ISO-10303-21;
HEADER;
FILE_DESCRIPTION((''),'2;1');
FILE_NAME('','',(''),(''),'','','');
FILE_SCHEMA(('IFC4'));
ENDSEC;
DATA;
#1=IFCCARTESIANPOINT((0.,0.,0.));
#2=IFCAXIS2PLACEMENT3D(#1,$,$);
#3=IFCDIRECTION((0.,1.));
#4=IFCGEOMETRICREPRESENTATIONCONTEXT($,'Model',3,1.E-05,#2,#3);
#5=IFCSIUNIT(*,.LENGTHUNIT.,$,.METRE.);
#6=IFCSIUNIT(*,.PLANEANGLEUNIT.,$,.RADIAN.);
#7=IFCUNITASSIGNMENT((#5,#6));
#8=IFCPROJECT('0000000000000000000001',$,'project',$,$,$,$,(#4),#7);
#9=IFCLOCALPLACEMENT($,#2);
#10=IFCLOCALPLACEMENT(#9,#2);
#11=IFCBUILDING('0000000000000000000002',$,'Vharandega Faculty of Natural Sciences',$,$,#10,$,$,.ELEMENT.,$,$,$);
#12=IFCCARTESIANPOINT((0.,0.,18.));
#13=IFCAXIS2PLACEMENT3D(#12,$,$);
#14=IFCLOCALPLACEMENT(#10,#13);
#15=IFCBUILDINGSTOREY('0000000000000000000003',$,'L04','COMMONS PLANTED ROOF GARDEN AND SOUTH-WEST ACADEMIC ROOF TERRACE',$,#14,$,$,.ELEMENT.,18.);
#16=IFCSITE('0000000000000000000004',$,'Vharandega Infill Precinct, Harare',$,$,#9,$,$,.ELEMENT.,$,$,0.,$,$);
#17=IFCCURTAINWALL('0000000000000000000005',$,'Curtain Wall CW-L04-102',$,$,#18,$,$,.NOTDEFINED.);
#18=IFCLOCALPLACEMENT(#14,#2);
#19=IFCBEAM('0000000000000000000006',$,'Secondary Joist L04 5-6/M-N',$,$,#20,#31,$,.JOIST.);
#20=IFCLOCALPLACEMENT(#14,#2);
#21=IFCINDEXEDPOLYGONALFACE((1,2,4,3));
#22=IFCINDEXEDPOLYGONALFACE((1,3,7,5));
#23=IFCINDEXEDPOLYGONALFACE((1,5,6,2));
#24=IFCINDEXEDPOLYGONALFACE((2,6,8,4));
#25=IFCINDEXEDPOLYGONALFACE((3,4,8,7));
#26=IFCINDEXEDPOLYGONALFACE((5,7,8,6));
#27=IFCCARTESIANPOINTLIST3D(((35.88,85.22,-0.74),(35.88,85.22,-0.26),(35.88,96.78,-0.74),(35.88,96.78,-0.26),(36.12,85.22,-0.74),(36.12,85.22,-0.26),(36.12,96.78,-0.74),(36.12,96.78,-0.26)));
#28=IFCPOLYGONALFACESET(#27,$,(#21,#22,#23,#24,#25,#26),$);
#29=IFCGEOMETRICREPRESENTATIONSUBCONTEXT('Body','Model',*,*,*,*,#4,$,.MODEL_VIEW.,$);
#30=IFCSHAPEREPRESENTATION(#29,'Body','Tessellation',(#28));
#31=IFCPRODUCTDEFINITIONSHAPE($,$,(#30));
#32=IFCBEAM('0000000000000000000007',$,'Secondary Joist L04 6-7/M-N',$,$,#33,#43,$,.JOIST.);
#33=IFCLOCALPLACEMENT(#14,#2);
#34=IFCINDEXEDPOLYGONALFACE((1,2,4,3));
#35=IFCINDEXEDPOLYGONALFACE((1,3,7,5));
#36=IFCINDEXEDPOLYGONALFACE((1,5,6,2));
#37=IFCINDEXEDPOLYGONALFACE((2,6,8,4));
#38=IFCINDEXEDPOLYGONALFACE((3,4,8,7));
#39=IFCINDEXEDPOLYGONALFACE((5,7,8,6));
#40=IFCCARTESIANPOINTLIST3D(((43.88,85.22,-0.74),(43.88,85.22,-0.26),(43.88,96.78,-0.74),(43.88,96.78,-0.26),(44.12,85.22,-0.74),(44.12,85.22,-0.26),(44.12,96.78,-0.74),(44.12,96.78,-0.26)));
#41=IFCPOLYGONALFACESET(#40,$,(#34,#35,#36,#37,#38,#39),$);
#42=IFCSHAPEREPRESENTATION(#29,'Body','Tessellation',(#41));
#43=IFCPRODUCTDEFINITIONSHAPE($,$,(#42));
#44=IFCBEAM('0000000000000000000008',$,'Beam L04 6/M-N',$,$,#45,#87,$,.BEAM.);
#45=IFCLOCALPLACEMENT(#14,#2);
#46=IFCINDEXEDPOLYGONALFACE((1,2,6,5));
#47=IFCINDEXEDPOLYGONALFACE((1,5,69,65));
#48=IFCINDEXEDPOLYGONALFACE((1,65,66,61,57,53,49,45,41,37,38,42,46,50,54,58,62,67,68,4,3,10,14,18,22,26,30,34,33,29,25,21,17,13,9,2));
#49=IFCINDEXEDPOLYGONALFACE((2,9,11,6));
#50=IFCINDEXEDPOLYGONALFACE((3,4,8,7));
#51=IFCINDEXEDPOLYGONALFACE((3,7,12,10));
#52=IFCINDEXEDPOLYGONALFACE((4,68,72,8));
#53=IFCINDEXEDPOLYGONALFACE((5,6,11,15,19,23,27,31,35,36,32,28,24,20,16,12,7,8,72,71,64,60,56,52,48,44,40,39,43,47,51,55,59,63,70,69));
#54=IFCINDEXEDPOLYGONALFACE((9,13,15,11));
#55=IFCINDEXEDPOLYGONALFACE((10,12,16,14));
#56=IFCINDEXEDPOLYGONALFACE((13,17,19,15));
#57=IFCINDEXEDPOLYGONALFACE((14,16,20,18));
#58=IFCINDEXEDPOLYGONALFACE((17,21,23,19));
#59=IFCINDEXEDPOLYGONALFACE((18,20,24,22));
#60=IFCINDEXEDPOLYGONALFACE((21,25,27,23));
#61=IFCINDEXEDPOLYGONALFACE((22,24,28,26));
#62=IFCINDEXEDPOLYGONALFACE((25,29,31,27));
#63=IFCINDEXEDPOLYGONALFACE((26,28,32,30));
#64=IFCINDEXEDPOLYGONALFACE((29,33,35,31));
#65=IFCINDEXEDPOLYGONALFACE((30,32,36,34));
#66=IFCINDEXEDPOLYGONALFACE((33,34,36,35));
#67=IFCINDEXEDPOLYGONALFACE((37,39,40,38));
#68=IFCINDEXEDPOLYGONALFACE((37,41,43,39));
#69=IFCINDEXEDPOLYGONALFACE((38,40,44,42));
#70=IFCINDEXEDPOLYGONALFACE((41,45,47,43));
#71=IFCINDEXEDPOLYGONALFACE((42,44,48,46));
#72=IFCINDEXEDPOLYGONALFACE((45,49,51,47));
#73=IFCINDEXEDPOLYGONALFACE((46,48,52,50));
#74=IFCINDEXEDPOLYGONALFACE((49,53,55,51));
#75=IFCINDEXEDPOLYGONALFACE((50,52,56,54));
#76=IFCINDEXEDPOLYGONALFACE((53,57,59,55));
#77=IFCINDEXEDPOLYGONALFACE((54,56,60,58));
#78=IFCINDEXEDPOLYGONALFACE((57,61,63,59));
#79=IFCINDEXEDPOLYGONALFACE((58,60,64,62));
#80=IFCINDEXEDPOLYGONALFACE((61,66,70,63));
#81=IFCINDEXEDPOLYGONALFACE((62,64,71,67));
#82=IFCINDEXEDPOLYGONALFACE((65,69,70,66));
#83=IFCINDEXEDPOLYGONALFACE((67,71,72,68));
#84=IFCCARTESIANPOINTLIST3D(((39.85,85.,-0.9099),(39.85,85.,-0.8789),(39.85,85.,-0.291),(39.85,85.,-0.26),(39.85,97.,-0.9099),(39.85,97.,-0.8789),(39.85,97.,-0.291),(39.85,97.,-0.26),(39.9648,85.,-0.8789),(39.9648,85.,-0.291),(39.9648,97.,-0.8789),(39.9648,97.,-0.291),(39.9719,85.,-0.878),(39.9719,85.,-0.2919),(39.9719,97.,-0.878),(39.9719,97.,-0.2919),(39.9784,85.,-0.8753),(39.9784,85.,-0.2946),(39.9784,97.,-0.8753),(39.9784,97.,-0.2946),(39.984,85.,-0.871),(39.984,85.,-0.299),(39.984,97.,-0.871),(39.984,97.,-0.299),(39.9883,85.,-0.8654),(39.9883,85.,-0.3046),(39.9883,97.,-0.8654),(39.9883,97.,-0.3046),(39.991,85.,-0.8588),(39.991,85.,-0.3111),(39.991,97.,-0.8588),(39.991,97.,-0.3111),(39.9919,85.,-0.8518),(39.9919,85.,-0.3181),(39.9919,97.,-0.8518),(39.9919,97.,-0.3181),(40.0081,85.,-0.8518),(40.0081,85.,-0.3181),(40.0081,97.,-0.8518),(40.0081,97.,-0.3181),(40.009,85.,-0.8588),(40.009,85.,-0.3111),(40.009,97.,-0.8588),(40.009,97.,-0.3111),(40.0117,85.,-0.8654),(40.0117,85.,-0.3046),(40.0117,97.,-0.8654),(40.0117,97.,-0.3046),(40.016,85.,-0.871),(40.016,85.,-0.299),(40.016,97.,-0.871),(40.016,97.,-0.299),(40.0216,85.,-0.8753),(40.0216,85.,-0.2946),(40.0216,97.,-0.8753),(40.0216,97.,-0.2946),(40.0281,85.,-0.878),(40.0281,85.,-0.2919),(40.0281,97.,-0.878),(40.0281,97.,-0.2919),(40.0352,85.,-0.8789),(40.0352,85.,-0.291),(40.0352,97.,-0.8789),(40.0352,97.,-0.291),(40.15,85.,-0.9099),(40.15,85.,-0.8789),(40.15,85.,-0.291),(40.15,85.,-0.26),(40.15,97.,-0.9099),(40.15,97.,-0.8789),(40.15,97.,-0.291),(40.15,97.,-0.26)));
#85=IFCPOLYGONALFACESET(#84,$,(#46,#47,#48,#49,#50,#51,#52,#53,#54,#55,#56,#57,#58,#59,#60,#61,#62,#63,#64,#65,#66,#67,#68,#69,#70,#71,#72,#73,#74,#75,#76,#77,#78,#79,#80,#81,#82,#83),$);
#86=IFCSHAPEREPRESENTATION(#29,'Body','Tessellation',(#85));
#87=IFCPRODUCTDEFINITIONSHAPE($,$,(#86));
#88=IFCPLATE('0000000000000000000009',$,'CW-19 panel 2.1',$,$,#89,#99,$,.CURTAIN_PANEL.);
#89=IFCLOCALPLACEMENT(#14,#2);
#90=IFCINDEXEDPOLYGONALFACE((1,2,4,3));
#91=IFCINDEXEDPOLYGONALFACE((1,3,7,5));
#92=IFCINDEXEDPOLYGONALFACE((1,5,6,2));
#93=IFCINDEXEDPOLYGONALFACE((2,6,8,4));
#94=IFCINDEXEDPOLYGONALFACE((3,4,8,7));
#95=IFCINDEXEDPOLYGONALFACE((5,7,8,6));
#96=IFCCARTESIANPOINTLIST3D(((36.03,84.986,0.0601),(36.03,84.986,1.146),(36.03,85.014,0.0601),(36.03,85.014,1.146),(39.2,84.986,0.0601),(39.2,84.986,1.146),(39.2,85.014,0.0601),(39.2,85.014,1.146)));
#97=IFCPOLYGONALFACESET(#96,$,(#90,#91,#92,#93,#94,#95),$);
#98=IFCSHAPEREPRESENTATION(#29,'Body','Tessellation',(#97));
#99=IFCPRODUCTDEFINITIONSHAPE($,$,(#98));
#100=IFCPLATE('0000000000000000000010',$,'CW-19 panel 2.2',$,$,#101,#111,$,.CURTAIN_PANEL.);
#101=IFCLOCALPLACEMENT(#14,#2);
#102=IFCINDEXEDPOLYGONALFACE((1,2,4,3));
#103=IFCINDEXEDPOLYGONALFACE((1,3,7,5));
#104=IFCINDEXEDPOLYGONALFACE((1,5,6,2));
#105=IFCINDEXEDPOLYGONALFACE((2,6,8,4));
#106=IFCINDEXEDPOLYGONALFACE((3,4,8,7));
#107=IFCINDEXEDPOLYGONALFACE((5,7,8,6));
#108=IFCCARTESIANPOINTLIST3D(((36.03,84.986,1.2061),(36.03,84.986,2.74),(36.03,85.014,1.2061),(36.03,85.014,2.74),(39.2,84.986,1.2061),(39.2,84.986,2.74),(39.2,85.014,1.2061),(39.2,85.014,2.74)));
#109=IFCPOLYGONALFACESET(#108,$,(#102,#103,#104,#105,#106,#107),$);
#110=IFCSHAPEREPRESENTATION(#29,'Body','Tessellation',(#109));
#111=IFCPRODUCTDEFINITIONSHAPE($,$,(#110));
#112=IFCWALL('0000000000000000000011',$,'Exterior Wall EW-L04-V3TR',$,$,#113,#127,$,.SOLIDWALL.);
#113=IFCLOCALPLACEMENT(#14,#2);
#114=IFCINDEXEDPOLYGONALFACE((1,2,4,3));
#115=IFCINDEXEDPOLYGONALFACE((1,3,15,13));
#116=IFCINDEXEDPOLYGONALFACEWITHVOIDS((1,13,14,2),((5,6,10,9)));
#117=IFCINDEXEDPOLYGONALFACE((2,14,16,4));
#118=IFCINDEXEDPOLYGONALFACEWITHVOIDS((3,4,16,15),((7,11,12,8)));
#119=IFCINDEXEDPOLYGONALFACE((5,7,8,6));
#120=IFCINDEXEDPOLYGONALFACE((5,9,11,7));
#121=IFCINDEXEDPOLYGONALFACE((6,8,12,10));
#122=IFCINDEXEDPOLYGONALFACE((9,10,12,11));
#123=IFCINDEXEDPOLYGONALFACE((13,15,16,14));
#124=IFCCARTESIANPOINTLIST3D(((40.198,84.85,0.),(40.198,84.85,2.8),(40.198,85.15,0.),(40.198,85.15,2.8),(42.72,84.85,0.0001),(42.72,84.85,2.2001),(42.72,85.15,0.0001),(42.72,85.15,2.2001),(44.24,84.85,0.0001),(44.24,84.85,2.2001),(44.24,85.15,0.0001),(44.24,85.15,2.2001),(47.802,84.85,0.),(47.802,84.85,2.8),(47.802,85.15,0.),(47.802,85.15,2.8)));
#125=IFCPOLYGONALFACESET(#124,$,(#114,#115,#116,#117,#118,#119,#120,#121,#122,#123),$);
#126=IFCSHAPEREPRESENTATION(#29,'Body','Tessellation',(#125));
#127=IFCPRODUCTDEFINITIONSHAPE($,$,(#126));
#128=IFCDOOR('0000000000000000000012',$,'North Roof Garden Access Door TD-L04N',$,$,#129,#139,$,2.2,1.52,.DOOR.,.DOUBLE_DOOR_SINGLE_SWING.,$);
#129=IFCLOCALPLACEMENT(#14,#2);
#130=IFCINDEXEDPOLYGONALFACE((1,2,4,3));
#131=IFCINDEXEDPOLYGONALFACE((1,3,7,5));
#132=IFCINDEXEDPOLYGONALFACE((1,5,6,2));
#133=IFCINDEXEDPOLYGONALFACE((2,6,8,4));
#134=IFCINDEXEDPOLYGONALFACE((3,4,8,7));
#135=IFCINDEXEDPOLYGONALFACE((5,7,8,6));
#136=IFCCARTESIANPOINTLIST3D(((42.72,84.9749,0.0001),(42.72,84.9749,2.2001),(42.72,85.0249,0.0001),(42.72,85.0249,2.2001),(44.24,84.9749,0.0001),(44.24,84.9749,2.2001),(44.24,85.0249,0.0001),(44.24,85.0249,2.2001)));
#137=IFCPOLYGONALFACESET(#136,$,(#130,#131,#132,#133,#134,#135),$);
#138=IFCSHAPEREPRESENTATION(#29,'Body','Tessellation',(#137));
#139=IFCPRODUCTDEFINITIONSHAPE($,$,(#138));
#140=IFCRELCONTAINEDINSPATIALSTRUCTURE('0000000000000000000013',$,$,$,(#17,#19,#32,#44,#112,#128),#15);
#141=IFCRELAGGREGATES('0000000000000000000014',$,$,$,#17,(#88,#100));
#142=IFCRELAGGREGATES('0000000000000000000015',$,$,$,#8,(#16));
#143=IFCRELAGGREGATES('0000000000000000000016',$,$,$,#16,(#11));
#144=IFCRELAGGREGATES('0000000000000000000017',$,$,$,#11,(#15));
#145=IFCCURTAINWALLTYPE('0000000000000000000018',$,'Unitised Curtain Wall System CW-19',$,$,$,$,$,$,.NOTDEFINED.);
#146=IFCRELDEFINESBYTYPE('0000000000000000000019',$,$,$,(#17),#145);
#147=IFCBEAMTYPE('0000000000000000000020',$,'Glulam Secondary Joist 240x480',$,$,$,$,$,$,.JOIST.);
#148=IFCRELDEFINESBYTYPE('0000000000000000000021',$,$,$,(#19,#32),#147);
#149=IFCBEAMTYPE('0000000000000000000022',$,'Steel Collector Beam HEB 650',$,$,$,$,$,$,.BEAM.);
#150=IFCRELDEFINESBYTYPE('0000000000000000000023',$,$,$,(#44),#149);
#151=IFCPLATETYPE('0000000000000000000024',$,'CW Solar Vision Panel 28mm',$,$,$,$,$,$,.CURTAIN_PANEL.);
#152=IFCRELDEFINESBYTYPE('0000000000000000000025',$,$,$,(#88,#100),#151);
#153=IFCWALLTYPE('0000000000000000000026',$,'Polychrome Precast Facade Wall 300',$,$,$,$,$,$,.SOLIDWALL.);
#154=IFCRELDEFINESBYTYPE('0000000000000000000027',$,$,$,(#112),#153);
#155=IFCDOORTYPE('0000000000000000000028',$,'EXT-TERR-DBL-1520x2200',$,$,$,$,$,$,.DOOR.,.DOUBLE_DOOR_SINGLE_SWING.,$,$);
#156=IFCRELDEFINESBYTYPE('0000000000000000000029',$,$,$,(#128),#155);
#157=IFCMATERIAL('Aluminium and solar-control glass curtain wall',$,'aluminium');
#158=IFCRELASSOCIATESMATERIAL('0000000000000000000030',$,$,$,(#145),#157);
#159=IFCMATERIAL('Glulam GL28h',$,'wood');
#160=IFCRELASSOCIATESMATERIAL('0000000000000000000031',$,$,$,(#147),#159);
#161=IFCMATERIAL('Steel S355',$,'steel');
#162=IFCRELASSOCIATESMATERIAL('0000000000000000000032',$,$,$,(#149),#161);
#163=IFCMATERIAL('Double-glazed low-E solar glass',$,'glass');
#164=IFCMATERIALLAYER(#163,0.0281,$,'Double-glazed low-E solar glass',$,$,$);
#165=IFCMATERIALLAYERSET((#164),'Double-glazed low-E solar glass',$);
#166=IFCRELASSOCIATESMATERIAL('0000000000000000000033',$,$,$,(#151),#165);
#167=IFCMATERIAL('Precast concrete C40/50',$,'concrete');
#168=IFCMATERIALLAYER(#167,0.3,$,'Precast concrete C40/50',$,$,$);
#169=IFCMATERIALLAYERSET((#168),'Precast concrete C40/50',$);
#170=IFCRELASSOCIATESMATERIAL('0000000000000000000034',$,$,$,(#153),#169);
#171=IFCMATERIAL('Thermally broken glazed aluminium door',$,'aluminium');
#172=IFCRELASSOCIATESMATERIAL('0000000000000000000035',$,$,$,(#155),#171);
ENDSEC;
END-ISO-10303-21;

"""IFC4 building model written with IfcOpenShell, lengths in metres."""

from ifc_helpers import new_model, si_unit, direction, frame, frame_2d, origin, origin_2d, place, context, subcontext, project, spatial, rectangle, i_section, extrude, material, layer, layer_set, material_profile, profile_set, type_object, element, fill, aggregate, save


model = new_model("IFC4")

# Units and contexts
model_context = context("Model", 3, precision=1e-05, world=origin(), true_north=direction((0.0, 1.0)))
body_context = subcontext(model_context, "Body", "Model", "MODEL_VIEW")
ifc_project = project(units=[si_unit("LENGTHUNIT", "METRE"), si_unit("PLANEANGLEUNIT", "RADIAN")], contexts=[model_context])

# Site, building, storey
site_placement = place(None, origin())
site = spatial("IfcSite", under=ifc_project, at=site_placement, Name="Vharandega Infill Precinct, Harare", CompositionType="ELEMENT", RefElevation=0.0)
building_placement = place(site_placement, origin())
building = spatial("IfcBuilding", under=site, at=building_placement, Name="Vharandega Faculty of Natural Sciences", CompositionType="ELEMENT")
storey_placement = place(building_placement, frame((0.0, 0.0, 18.0)))
storey = spatial("IfcBuildingStorey", under=building, at=storey_placement, Name="L04", Description="COMMONS PLANTED ROOF GARDEN AND SOUTH-WEST ACADEMIC ROOF TERRACE", CompositionType="ELEMENT", Elevation=18.0)

# Curtain wall
ifc_material_1 = material(Name="Aluminium and solar-control glass curtain wall", Category="aluminium")
curtain_wall_type = type_object("IfcCurtainWallType", Name="Unitised Curtain Wall System CW-19", PredefinedType="NOTDEFINED", material=ifc_material_1)
curtain_wall_placement = place(storey_placement, origin())
curtain_wall = element("IfcCurtainWall", 1, at=curtain_wall_placement, inside=storey, type_object=curtain_wall_type, Name="Curtain Wall CW-L04-102", PredefinedType="NOTDEFINED")

# Beams
ifc_material_2 = material(Name="Glulam GL28h", Category="wood")
ifc_material_profile_1 = material_profile(ifc_material_2, rectangle(XDim=0.24, YDim=0.48, at=origin_2d()), Name="GL28h 240x480")
ifc_profile_set_1 = profile_set([ifc_material_profile_1], Name="Glulam GL28h")
beam_type_1 = type_object("IfcBeamType", Name="Glulam Secondary Joist 240x480", PredefinedType="JOIST", material=ifc_profile_set_1)
for number, where, z_axis, x_axis, name in (
    (2, (36.0, 85.22, -0.5), (0.0, 1.0, 0.0), (-1.0, 0.0, 0.0), "Secondary Joist L04 5-6/M-N"),
    (3, (44.0, 85.22, -0.5), (0.0, 1.0, 0.0), (-1.0, 0.0, 0.0), "Secondary Joist L04 6-7/M-N"),
):
    element("IfcBeam", number, at=place(storey_placement, frame(where, z_axis=z_axis, x_axis=x_axis)), inside=storey, type_object=beam_type_1, Name=name, PredefinedType="JOIST", context=body_context, shape_type="SweptSolid", body=[
        extrude(rectangle(XDim=0.24, YDim=0.48, at=origin_2d()), origin(), (0.0, 0.0, 1.0), 11.5601),
    ])
ifc_material_3 = material(Name="Steel S355", Category="steel")
ifc_material_profile_2 = material_profile(ifc_material_3, i_section(OverallWidth=0.3, OverallDepth=0.6499, WebThickness=0.0161, FlangeThickness=0.031, FilletRadius=0.0271, at=origin_2d()), Name="HEB 650")
ifc_profile_set_2 = profile_set([ifc_material_profile_2], Name="Steel S355")
beam_type_2 = type_object("IfcBeamType", Name="Steel Collector Beam HEB 650", PredefinedType="BEAM", material=ifc_profile_set_2)
beam_placement = place(storey_placement, frame((40.0, 85.0, -0.585), z_axis=(0.0, 1.0, 0.0), x_axis=(-1.0, 0.0, 0.0)))
element("IfcBeam", 4, at=beam_placement, inside=storey, type_object=beam_type_2, Name="Beam L04 6/M-N", PredefinedType="BEAM", context=body_context, shape_type="SweptSolid", body=[
    extrude(i_section(OverallWidth=0.3, OverallDepth=0.6499, WebThickness=0.0161, FlangeThickness=0.031, FilletRadius=0.0271, at=origin_2d()), origin(), (0.0, 0.0, 1.0), 12.0),
])

# Plates
ifc_material_4 = material(Name="Double-glazed low-E solar glass", Category="glass")
ifc_layer_1 = layer(ifc_material_4, 0.0281, Name="Double-glazed low-E solar glass")
ifc_layer_set_1 = layer_set([ifc_layer_1], Name="Double-glazed low-E solar glass")
plate_type = type_object("IfcPlateType", Name="CW Solar Vision Panel 28mm", PredefinedType="CURTAIN_PANEL", material=ifc_layer_set_1)
plate_1_placement = place(storey_placement, frame((37.615, 85.0, 0.0601), z_axis=(0.0, 0.0, 1.0), x_axis=(1.0, 0.0, 0.0)))
plate_1 = element("IfcPlate", 5, at=plate_1_placement, type_object=plate_type, Name="CW-19 panel 2.1", PredefinedType="CURTAIN_PANEL", context=body_context, shape_type="SweptSolid", body=[
    extrude(rectangle(XDim=3.1699, YDim=0.0281, at=origin_2d()), origin(), (0.0, 0.0, 1.0), 1.0859),
])
plate_2_placement = place(storey_placement, frame((37.615, 85.0, 1.2061), z_axis=(0.0, 0.0, 1.0), x_axis=(1.0, 0.0, 0.0)))
plate_2 = element("IfcPlate", 6, at=plate_2_placement, type_object=plate_type, Name="CW-19 panel 2.2", PredefinedType="CURTAIN_PANEL", context=body_context, shape_type="SweptSolid", body=[
    extrude(rectangle(XDim=3.1699, YDim=0.0281, at=origin_2d()), origin(), (0.0, 0.0, 1.0), 1.5339),
])
aggregate(curtain_wall, [plate_1, plate_2])

# Wall, opening, door
ifc_material_5 = material(Name="Precast concrete C40/50", Category="concrete")
ifc_layer_2 = layer(ifc_material_5, 0.3, Name="Precast concrete C40/50")
ifc_layer_set_2 = layer_set([ifc_layer_2], Name="Precast concrete C40/50")
wall_type = type_object("IfcWallType", Name="Polychrome Precast Facade Wall 300", PredefinedType="SOLIDWALL", material=ifc_layer_set_2)
wall_placement = place(storey_placement, frame((40.198, 85.0, 0.0), z_axis=(0.0, 0.0, 1.0), x_axis=(1.0, 0.0, 0.0)))
wall = element("IfcWall", 7, at=wall_placement, inside=storey, type_object=wall_type, Name="Exterior Wall EW-L04-V3TR", PredefinedType="SOLIDWALL", context=body_context, shape_type="SweptSolid", body=[
    extrude(rectangle(XDim=7.604, YDim=0.3, at=frame_2d((3.802, 0.0))), origin(), (0.0, 0.0, 1.0), 2.8),
])
opening_placement = place(wall_placement, frame((2.522, 0.0, 0.0)))
opening = element("IfcOpeningElement", 8, at=opening_placement, cuts=wall, PredefinedType="OPENING", context=body_context, shape_type="SweptSolid", body=[
    extrude(rectangle(XDim=1.52, YDim=2.2, at=frame_2d((0.76, 1.1001))), frame((0.0, 0.1602, 0.0), z_axis=(0.0, -1.0, 0.0), x_axis=(1.0, 0.0, 0.0)), (0.0, 0.0, 1.0), 0.3201),
])
ifc_material_6 = material(Name="Thermally broken glazed aluminium door", Category="aluminium")
door_type = type_object("IfcDoorType", Name="EXT-TERR-DBL-1520x2200", OperationType="DOUBLE_DOOR_SINGLE_SWING", PredefinedType="DOOR", material=ifc_material_6)
door_placement = place(opening_placement, origin())
door = element("IfcDoor", 9, at=door_placement, inside=storey, type_object=door_type, Name="North Roof Garden Access Door TD-L04N", OperationType="DOUBLE_DOOR_SINGLE_SWING", OverallHeight=2.2, OverallWidth=1.52, PredefinedType="DOOR", context=body_context, shape_type="SweptSolid", body=[
    extrude(rectangle(XDim=1.52, YDim=2.2, at=frame_2d((0.76, 1.1001))), frame((0.0, 0.0249, 0.0), z_axis=(0.0, -1.0, 0.0), x_axis=(1.0, 0.0, 0.0)), (0.0, 0.0, 1.0), 0.05),
])
fill(opening, door)

save(model, "model.ifc")
